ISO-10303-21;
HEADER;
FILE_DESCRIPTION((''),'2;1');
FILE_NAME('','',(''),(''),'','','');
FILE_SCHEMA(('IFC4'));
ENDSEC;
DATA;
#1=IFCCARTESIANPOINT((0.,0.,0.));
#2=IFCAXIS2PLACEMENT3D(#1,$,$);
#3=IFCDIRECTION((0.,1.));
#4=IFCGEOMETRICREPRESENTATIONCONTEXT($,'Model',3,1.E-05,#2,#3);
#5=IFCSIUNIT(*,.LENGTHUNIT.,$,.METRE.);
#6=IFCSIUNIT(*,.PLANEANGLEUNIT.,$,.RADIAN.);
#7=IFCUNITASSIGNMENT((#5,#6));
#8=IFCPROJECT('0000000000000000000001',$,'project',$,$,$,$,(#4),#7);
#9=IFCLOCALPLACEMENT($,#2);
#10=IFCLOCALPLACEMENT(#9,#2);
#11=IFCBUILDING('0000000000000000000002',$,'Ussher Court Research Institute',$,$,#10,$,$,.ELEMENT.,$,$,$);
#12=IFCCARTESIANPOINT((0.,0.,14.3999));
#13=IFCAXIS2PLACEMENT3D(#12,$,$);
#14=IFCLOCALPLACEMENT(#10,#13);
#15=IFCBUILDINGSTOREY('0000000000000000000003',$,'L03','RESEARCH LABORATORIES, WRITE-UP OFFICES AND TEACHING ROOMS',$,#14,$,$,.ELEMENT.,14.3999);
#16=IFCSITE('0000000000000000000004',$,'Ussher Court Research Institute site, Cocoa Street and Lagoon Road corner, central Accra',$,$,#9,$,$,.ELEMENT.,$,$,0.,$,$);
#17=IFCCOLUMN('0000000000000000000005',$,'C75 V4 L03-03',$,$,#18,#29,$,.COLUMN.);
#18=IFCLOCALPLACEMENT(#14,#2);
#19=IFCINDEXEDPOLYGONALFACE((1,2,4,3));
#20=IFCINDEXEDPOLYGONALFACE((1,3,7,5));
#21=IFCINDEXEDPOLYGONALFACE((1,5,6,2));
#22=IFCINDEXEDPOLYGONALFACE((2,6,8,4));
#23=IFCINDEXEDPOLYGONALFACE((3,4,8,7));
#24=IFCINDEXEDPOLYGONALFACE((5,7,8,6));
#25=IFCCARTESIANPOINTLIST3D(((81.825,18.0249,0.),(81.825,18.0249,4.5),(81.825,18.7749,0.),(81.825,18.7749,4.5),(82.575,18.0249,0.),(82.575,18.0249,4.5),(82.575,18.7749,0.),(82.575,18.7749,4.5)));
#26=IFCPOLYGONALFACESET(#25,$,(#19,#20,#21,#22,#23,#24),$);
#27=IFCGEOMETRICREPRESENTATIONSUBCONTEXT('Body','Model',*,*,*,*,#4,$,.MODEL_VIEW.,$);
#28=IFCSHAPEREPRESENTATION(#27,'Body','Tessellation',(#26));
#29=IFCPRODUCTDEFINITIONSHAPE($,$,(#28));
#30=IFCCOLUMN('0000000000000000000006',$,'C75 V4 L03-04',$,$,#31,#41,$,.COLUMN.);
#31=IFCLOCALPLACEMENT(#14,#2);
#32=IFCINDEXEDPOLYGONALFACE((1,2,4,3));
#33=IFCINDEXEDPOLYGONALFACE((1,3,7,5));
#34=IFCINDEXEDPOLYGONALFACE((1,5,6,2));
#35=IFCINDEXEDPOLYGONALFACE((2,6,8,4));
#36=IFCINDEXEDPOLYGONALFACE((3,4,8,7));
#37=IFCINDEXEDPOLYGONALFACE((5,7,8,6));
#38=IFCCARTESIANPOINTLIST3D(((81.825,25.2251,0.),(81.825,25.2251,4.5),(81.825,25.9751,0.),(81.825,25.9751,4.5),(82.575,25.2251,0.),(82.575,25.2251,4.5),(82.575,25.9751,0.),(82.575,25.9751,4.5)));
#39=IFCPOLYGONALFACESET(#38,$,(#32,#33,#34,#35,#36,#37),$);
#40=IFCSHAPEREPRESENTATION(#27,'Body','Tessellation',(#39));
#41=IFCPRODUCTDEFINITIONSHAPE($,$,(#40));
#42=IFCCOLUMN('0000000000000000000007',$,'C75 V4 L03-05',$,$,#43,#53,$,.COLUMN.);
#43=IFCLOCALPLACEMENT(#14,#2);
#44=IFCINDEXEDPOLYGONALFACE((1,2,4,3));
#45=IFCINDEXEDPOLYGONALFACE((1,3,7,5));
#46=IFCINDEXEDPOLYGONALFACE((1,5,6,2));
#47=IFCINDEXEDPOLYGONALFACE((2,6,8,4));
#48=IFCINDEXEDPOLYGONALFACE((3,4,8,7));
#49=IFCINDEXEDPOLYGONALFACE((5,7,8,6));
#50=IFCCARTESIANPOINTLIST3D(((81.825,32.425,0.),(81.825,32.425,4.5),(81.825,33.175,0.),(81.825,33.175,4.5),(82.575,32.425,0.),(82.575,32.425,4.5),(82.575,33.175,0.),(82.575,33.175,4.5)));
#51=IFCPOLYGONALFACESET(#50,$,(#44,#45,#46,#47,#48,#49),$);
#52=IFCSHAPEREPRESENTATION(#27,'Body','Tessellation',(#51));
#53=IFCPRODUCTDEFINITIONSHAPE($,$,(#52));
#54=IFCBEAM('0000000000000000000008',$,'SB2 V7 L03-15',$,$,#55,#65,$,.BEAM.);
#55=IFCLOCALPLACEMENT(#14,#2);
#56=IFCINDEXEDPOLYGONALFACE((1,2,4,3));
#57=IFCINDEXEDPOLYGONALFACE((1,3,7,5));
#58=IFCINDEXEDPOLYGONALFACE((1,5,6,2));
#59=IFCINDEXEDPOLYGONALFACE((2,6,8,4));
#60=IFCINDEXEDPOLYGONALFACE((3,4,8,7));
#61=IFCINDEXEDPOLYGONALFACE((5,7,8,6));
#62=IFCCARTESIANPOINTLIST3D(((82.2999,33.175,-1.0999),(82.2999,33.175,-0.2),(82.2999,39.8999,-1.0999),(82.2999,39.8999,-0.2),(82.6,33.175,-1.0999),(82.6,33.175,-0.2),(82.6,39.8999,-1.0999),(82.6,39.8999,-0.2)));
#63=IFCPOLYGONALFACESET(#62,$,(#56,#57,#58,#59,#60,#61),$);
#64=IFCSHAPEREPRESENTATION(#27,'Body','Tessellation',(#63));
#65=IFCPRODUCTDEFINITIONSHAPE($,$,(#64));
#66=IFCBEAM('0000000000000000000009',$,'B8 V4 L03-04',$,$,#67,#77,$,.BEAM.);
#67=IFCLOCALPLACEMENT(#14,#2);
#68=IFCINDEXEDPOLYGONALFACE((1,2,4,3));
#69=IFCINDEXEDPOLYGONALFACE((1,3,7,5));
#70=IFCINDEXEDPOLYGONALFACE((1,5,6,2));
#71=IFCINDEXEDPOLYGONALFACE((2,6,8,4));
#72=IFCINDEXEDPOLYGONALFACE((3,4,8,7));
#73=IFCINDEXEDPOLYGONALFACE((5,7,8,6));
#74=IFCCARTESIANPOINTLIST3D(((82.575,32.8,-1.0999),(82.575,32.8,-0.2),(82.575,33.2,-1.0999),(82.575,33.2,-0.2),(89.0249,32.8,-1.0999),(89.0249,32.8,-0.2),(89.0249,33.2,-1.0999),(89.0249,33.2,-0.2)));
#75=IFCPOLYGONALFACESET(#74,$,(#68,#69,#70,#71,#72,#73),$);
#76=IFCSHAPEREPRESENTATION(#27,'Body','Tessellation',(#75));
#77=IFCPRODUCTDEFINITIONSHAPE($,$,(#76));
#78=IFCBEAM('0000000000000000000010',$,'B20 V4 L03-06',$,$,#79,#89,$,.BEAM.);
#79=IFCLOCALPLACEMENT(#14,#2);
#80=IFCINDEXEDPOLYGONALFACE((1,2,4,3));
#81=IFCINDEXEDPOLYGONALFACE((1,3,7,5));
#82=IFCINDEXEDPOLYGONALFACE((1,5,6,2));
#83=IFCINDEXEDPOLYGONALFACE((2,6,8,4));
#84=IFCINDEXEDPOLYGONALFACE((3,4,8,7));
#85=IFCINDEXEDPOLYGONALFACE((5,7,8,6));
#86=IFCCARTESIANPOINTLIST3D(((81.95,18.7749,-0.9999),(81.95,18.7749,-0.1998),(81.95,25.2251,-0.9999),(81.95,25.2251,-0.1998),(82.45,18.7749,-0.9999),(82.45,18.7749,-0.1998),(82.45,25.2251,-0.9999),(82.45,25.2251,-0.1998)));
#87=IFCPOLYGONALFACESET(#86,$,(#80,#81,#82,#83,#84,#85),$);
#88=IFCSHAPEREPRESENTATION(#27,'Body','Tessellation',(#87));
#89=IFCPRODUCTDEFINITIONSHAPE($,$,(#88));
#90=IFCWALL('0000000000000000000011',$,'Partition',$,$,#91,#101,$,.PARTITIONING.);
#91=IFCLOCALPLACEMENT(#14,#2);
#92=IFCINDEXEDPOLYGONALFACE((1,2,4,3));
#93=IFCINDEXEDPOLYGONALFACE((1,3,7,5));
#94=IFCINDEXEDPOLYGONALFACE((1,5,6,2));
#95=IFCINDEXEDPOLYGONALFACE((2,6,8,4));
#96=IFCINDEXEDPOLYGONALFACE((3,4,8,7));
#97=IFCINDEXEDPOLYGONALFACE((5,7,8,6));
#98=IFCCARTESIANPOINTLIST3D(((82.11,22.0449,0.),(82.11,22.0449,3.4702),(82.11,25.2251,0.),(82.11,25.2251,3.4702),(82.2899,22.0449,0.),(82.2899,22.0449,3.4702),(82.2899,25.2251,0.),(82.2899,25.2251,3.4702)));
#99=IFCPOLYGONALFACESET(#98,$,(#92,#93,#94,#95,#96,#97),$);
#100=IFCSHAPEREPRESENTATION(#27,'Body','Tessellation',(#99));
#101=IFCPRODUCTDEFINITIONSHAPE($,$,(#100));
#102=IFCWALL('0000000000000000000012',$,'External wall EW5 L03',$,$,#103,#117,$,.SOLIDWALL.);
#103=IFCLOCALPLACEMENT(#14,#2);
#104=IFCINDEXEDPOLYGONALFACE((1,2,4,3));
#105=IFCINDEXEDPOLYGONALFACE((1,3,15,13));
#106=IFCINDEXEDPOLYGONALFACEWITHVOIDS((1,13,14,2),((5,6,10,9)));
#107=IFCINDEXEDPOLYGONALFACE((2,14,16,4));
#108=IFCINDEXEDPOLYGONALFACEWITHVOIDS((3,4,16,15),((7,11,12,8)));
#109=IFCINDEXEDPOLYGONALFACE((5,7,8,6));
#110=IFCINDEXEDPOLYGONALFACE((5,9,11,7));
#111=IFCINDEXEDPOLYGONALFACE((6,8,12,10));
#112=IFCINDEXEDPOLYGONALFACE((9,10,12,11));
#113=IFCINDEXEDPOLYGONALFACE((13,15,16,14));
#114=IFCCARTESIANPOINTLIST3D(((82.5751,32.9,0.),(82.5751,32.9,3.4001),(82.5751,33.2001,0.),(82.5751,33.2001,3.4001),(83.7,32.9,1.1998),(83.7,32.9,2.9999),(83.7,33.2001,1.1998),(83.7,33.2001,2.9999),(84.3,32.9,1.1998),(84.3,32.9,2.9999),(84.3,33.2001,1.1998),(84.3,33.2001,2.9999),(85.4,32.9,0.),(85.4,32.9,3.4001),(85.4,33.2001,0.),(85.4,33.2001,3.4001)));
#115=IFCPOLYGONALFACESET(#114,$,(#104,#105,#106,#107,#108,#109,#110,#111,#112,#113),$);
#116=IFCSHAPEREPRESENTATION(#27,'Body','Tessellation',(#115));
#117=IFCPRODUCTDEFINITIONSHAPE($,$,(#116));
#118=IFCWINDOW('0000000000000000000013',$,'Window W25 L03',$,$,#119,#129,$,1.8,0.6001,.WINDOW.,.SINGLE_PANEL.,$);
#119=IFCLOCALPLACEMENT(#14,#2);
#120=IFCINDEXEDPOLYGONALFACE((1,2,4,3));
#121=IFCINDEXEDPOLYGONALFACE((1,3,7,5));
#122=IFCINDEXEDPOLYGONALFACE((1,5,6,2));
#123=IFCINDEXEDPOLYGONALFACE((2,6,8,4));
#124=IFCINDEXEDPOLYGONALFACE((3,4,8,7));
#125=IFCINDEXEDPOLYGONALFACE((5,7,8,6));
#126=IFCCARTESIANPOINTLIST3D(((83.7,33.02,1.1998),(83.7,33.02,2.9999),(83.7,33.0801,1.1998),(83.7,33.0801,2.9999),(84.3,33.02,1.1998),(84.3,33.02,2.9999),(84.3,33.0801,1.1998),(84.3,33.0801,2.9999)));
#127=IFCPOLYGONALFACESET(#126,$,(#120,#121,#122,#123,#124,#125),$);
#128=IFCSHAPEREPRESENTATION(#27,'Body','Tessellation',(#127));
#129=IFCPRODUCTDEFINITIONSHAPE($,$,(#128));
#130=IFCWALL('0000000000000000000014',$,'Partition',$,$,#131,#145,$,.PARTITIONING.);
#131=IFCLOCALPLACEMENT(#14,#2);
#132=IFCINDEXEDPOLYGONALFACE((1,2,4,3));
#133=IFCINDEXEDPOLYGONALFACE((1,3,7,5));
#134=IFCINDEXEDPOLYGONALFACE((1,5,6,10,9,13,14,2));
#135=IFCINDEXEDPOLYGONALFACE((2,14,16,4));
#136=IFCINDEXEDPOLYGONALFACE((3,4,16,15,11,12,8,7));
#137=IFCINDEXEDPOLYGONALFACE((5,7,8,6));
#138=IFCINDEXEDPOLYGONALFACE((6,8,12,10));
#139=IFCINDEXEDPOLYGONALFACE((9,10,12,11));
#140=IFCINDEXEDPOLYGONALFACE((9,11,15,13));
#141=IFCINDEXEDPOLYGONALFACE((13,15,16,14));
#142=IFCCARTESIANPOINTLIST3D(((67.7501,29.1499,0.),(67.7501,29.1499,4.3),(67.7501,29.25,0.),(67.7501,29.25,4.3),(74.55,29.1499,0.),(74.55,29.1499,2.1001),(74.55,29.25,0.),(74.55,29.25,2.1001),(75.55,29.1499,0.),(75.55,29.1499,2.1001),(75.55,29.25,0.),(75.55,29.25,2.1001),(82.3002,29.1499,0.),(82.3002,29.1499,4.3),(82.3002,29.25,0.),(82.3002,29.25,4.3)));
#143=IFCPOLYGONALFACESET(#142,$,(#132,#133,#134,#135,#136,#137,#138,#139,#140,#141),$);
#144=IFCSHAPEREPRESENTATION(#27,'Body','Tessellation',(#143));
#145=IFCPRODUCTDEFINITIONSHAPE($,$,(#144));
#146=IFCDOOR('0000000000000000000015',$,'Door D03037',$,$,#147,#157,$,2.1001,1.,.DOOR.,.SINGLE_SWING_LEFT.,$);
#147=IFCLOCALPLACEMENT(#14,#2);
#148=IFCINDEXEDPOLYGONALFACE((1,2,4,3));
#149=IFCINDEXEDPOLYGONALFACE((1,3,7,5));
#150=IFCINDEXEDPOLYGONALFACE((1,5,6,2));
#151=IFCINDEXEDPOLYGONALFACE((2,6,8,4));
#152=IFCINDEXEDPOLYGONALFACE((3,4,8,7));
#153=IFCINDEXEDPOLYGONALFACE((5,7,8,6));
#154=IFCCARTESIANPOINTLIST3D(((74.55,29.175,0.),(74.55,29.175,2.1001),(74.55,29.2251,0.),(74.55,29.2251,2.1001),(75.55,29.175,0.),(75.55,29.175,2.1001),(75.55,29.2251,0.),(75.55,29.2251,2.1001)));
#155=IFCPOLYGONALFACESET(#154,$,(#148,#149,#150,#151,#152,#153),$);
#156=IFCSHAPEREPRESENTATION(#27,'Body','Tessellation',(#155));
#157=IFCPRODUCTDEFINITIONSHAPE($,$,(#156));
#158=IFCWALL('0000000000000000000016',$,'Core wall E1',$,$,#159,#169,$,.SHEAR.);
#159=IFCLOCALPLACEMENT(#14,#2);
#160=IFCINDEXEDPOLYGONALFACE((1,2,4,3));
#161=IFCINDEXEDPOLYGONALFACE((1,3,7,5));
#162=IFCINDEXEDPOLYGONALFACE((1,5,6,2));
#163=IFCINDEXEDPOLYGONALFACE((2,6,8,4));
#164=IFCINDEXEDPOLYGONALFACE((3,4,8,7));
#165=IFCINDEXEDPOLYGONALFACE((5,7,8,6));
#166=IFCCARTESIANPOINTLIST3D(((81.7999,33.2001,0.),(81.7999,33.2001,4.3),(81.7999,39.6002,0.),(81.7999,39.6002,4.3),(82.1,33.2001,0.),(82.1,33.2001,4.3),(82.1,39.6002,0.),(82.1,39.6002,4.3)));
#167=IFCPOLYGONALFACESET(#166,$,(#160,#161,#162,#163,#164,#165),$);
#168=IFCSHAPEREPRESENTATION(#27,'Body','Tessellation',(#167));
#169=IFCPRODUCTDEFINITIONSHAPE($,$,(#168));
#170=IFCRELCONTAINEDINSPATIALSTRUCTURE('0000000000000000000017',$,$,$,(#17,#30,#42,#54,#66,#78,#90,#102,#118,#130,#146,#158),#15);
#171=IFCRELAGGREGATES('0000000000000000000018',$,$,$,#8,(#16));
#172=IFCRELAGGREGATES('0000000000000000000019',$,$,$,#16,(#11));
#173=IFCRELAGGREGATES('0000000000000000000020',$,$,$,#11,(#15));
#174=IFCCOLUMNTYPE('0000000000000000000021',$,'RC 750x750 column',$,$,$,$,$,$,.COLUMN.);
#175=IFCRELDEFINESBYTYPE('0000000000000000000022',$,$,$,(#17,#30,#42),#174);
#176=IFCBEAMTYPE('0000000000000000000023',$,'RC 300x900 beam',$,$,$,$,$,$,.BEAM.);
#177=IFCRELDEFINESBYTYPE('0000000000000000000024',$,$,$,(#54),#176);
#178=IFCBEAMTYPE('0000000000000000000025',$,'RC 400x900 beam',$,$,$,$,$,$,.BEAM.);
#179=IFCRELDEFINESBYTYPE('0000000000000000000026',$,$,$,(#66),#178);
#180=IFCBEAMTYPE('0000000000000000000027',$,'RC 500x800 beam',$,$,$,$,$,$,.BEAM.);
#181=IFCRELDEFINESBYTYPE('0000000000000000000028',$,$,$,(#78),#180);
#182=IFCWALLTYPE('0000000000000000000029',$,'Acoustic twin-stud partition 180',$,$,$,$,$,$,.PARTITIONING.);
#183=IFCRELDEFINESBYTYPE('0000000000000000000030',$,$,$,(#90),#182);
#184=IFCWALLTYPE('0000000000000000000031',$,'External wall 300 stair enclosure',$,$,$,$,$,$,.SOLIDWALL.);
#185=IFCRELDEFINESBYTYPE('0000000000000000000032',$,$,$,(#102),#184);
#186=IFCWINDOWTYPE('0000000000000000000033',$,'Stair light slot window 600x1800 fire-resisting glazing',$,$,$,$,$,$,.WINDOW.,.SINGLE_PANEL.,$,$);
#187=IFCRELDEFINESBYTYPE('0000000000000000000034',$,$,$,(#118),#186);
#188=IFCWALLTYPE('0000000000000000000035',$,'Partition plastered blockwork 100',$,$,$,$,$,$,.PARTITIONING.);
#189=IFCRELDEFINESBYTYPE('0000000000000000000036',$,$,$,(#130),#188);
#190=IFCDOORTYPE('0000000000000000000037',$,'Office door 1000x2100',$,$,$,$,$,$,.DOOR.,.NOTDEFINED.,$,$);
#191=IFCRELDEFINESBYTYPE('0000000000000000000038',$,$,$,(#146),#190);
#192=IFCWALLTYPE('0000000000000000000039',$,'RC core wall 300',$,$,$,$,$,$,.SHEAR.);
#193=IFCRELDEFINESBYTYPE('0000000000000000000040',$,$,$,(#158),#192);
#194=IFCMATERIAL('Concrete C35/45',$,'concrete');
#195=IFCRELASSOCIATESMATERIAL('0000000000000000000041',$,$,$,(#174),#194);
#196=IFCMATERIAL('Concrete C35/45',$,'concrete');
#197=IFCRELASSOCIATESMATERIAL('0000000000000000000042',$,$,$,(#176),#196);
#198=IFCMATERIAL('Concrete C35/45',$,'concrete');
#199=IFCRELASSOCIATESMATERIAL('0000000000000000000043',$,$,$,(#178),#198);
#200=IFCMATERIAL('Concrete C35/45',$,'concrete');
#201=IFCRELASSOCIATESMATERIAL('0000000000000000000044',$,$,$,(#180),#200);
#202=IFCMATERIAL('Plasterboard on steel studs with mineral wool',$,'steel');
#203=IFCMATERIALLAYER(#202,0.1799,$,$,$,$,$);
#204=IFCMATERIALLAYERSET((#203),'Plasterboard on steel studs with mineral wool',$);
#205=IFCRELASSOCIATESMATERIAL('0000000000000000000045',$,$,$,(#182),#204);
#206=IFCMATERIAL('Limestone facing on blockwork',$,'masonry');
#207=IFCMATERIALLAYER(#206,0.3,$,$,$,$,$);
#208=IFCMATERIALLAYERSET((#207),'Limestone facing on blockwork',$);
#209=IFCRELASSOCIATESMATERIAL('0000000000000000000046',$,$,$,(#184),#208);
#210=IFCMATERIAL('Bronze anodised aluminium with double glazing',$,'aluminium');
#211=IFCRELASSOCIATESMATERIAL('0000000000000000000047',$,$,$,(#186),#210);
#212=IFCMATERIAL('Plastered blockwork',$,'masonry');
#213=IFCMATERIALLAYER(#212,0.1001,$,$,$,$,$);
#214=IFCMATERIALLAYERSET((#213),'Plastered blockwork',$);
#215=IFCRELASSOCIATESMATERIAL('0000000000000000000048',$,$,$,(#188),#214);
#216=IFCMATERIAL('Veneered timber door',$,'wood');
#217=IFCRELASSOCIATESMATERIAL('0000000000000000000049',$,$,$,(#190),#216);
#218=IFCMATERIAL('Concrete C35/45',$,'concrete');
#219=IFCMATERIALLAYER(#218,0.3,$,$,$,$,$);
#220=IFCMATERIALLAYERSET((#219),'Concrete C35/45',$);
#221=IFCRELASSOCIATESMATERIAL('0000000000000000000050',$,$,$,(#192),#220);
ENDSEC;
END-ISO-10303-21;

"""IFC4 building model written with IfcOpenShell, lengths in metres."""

from ifc_helpers import new_model, si_unit, direction, frame, frame_2d, origin, origin_2d, place, context, subcontext, project, spatial, rectangle, extrude, material, layer, layer_set, material_profile, profile_set, type_object, element, fill, save


model = new_model("IFC4")

# Units and contexts
model_context = context("Model", 3, precision=1e-05, world=origin(), true_north=direction((0.0, 1.0)))
body_context = subcontext(model_context, "Body", "Model", "MODEL_VIEW")
ifc_project = project(units=[si_unit("LENGTHUNIT", "METRE"), si_unit("PLANEANGLEUNIT", "RADIAN")], contexts=[model_context])

# Site, building, storey
site_placement = place(None, origin())
site = spatial("IfcSite", under=ifc_project, at=site_placement, Name="Ussher Court Research Institute site, Cocoa Street and Lagoon Road corner, central Accra", CompositionType="ELEMENT", RefElevation=0.0)
building_placement = place(site_placement, origin())
building = spatial("IfcBuilding", under=site, at=building_placement, Name="Ussher Court Research Institute", CompositionType="ELEMENT")
storey_placement = place(building_placement, frame((0.0, 0.0, 14.3999)))
storey = spatial("IfcBuildingStorey", under=building, at=storey_placement, Name="L03", Description="RESEARCH LABORATORIES, WRITE-UP OFFICES AND TEACHING ROOMS", CompositionType="ELEMENT", Elevation=14.3999)

# Columns
ifc_material_1 = material(Name="Concrete C35/45", Category="concrete")
ifc_material_profile_1 = material_profile(ifc_material_1, rectangle(XDim=0.75, YDim=0.75, at=origin_2d()), Name="RC 750x750")
ifc_profile_set_1 = profile_set([ifc_material_profile_1], Name="Concrete C35/45")
column_type = type_object("IfcColumnType", Name="RC 750x750 column", PredefinedType="COLUMN", material=ifc_profile_set_1)
for number, where, z_axis, x_axis, name in (
    (1, (82.2, 18.3999, 0.0), (0.0, 0.0, 1.0), (1.0, 0.0, 0.0), "C75 V4 L03-03"),
    (2, (82.2, 25.6001, 0.0), (0.0, 0.0, 1.0), (1.0, 0.0, 0.0), "C75 V4 L03-04"),
    (3, (82.2, 32.8, 0.0), (0.0, 0.0, 1.0), (1.0, 0.0, 0.0), "C75 V4 L03-05"),
):
    element("IfcColumn", number, at=place(storey_placement, frame(where, z_axis=z_axis, x_axis=x_axis)), inside=storey, type_object=column_type, Name=name, PredefinedType="COLUMN", context=body_context, shape_type="SweptSolid", body=[
        extrude(rectangle(XDim=0.75, YDim=0.75, at=origin_2d()), origin(), (0.0, 0.0, 1.0), 4.5),
    ])

# Beams
ifc_material_2 = material(Name="Concrete C35/45", Category="concrete")
ifc_material_profile_2 = material_profile(ifc_material_2, rectangle(XDim=0.3, YDim=0.8999, at=origin_2d()), Name="RC 300x900")
ifc_profile_set_2 = profile_set([ifc_material_profile_2], Name="Concrete C35/45")
beam_type_1 = type_object("IfcBeamType", Name="RC 300x900 beam", PredefinedType="BEAM", material=ifc_profile_set_2)
beam_1_placement = place(storey_placement, frame((82.45, 33.175, -0.6499), z_axis=(0.0, 1.0, 0.0), x_axis=(-1.0, 0.0, 0.0)))
element("IfcBeam", 4, at=beam_1_placement, inside=storey, type_object=beam_type_1, Name="SB2 V7 L03-15", PredefinedType="BEAM", context=body_context, shape_type="SweptSolid", body=[
    extrude(rectangle(XDim=0.3, YDim=0.8999, at=origin_2d()), origin(), (0.0, 0.0, 1.0), 6.7249),
])
ifc_material_3 = material(Name="Concrete C35/45", Category="concrete")
ifc_material_profile_3 = material_profile(ifc_material_3, rectangle(XDim=0.3999, YDim=0.8999, at=origin_2d()), Name="RC 400x900")
ifc_profile_set_3 = profile_set([ifc_material_profile_3], Name="Concrete C35/45")
beam_type_2 = type_object("IfcBeamType", Name="RC 400x900 beam", PredefinedType="BEAM", material=ifc_profile_set_3)
beam_2_placement = place(storey_placement, frame((82.575, 33.0, -0.6499), z_axis=(1.0, 0.0, 0.0), x_axis=(0.0, 1.0, 0.0)))
element("IfcBeam", 5, at=beam_2_placement, inside=storey, type_object=beam_type_2, Name="B8 V4 L03-04", PredefinedType="BEAM", context=body_context, shape_type="SweptSolid", body=[
    extrude(rectangle(XDim=0.3999, YDim=0.8999, at=origin_2d()), origin(), (0.0, 0.0, 1.0), 6.45),
])
ifc_material_4 = material(Name="Concrete C35/45", Category="concrete")
ifc_material_profile_4 = material_profile(ifc_material_4, rectangle(XDim=0.5, YDim=0.8, at=origin_2d()), Name="RC 500x800")
ifc_profile_set_4 = profile_set([ifc_material_profile_4], Name="Concrete C35/45")
beam_type_3 = type_object("IfcBeamType", Name="RC 500x800 beam", PredefinedType="BEAM", material=ifc_profile_set_4)
beam_3_placement = place(storey_placement, frame((82.2, 18.7749, -0.5999), z_axis=(0.0, 1.0, 0.0), x_axis=(-1.0, 0.0, 0.0)))
element("IfcBeam", 6, at=beam_3_placement, inside=storey, type_object=beam_type_3, Name="B20 V4 L03-06", PredefinedType="BEAM", context=body_context, shape_type="SweptSolid", body=[
    extrude(rectangle(XDim=0.5, YDim=0.8, at=origin_2d()), origin(), (0.0, 0.0, 1.0), 6.4502),
])

# Wall
ifc_material_5 = material(Name="Plasterboard on steel studs with mineral wool", Category="steel")
ifc_layer_1 = layer(ifc_material_5, 0.1799)
ifc_layer_set_1 = layer_set([ifc_layer_1], Name="Plasterboard on steel studs with mineral wool")
wall_type_1 = type_object("IfcWallType", Name="Acoustic twin-stud partition 180", PredefinedType="PARTITIONING", material=ifc_layer_set_1)
wall_1_placement = place(storey_placement, frame((82.2, 22.0449, 0.0), z_axis=(0.0, 0.0, 1.0), x_axis=(0.0, 1.0, 0.0)))
element("IfcWall", 7, at=wall_1_placement, inside=storey, type_object=wall_type_1, Name="Partition", PredefinedType="PARTITIONING", context=body_context, shape_type="SweptSolid", body=[
    extrude(rectangle(XDim=3.1802, YDim=0.1799, at=frame_2d((1.5901, 0.0))), origin(), (0.0, 0.0, 1.0), 3.4702),
])

# Wall, opening, window
ifc_material_6 = material(Name="Limestone facing on blockwork", Category="masonry")
ifc_layer_2 = layer(ifc_material_6, 0.3)
ifc_layer_set_2 = layer_set([ifc_layer_2], Name="Limestone facing on blockwork")
wall_type_2 = type_object("IfcWallType", Name="External wall 300 stair enclosure", PredefinedType="SOLIDWALL", material=ifc_layer_set_2)
wall_2_placement = place(storey_placement, frame((82.575, 33.05, 0.0), z_axis=(0.0, 0.0, 1.0), x_axis=(1.0, 0.0, 0.0)))
wall_2 = element("IfcWall", 8, at=wall_2_placement, inside=storey, type_object=wall_type_2, Name="External wall EW5 L03", PredefinedType="SOLIDWALL", context=body_context, shape_type="SweptSolid", body=[
    extrude(rectangle(XDim=2.825, YDim=0.3, at=frame_2d((1.4126, 0.0))), origin(), (0.0, 0.0, 1.0), 3.4001),
])
opening_1_placement = place(wall_2_placement, frame((1.125, 0.0, 1.2)))
opening_1 = element("IfcOpeningElement", 9, at=opening_1_placement, cuts=wall_2, PredefinedType="OPENING", context=body_context, shape_type="SweptSolid", body=[
    extrude(rectangle(XDim=0.6001, YDim=1.8, at=frame_2d((0.3, 0.8999))), frame((0.0, 0.1602, 0.0), z_axis=(0.0, -1.0, 0.0), x_axis=(1.0, 0.0, 0.0)), (0.0, 0.0, 1.0), 0.3201),
])
ifc_material_7 = material(Name="Bronze anodised aluminium with double glazing", Category="aluminium")
window_type = type_object("IfcWindowType", Name="Stair light slot window 600x1800 fire-resisting glazing", PartitioningType="SINGLE_PANEL", PredefinedType="WINDOW", material=ifc_material_7)
window_1_placement = place(opening_1_placement, origin())
window_1 = element("IfcWindow", 10, at=window_1_placement, inside=storey, type_object=window_type, Name="Window W25 L03", OverallHeight=1.8, OverallWidth=0.6001, PartitioningType="SINGLE_PANEL", PredefinedType="WINDOW", context=body_context, shape_type="SweptSolid", body=[
    extrude(rectangle(XDim=0.6001, YDim=1.8, at=frame_2d((0.3, 0.8999))), frame((0.0, 0.03, 0.0), z_axis=(0.0, -1.0, 0.0), x_axis=(1.0, 0.0, 0.0)), (0.0, 0.0, 1.0), 0.0601),
])
fill(opening_1, window_1)

# Wall, opening, door
ifc_material_8 = material(Name="Plastered blockwork", Category="masonry")
ifc_layer_3 = layer(ifc_material_8, 0.1001)
ifc_layer_set_3 = layer_set([ifc_layer_3], Name="Plastered blockwork")
wall_type_3 = type_object("IfcWallType", Name="Partition plastered blockwork 100", PredefinedType="PARTITIONING", material=ifc_layer_set_3)
wall_3_placement = place(storey_placement, frame((82.3, 29.2, 0.0), z_axis=(0.0, 0.0, 1.0), x_axis=(-1.0, 0.0, 0.0)))
wall_3 = element("IfcWall", 11, at=wall_3_placement, inside=storey, type_object=wall_type_3, Name="Partition", PredefinedType="PARTITIONING", context=body_context, shape_type="SweptSolid", body=[
    extrude(rectangle(XDim=14.55, YDim=0.1001, at=frame_2d((7.2749, 0.0))), origin(), (0.0, 0.0, 1.0), 4.3),
])
opening_2_placement = place(wall_3_placement, frame((6.75, 0.0, 0.0)))
opening_2 = element("IfcOpeningElement", 12, at=opening_2_placement, cuts=wall_3, PredefinedType="OPENING", context=body_context, shape_type="SweptSolid", body=[
    extrude(rectangle(XDim=1.0, YDim=2.1001, at=frame_2d((0.5, 1.05))), frame((0.0, 0.0601, 0.0), z_axis=(0.0, -1.0, 0.0), x_axis=(1.0, 0.0, 0.0)), (0.0, 0.0, 1.0), 0.1201),
])
ifc_material_9 = material(Name="Veneered timber door", Category="wood")
door_type_1 = type_object("IfcDoorType", Name="Office door 1000x2100", OperationType="NOTDEFINED", PredefinedType="DOOR", material=ifc_material_9)
door_1_placement = place(opening_2_placement, origin())
door_1 = element("IfcDoor", 13, at=door_1_placement, inside=storey, type_object=door_type_1, Name="Door D03037", OperationType="SINGLE_SWING_LEFT", OverallHeight=2.1001, OverallWidth=1.0, PredefinedType="DOOR", context=body_context, shape_type="SweptSolid", body=[
    extrude(rectangle(XDim=1.0, YDim=2.1001, at=frame_2d((0.5, 1.05))), frame((0.0, 0.0249, 0.0), z_axis=(0.0, -1.0, 0.0), x_axis=(1.0, 0.0, 0.0)), (0.0, 0.0, 1.0), 0.05),
])
fill(opening_2, door_1)

# Wall
ifc_material_10 = material(Name="Concrete C35/45", Category="concrete")
ifc_layer_4 = layer(ifc_material_10, 0.3)
ifc_layer_set_4 = layer_set([ifc_layer_4], Name="Concrete C35/45")
wall_type_4 = type_object("IfcWallType", Name="RC core wall 300", PredefinedType="SHEAR", material=ifc_layer_set_4)
wall_4_placement = place(storey_placement, frame((81.95, 33.2, 0.0), z_axis=(0.0, 0.0, 1.0), x_axis=(0.0, 1.0, 0.0)))
element("IfcWall", 14, at=wall_4_placement, inside=storey, type_object=wall_type_4, Name="Core wall E1", PredefinedType="SHEAR", context=body_context, shape_type="SweptSolid", body=[
    extrude(rectangle(XDim=6.4001, YDim=0.3, at=frame_2d((3.2002, 0.0))), origin(), (0.0, 0.0, 1.0), 4.3),
])

save(model, "model.ifc")
